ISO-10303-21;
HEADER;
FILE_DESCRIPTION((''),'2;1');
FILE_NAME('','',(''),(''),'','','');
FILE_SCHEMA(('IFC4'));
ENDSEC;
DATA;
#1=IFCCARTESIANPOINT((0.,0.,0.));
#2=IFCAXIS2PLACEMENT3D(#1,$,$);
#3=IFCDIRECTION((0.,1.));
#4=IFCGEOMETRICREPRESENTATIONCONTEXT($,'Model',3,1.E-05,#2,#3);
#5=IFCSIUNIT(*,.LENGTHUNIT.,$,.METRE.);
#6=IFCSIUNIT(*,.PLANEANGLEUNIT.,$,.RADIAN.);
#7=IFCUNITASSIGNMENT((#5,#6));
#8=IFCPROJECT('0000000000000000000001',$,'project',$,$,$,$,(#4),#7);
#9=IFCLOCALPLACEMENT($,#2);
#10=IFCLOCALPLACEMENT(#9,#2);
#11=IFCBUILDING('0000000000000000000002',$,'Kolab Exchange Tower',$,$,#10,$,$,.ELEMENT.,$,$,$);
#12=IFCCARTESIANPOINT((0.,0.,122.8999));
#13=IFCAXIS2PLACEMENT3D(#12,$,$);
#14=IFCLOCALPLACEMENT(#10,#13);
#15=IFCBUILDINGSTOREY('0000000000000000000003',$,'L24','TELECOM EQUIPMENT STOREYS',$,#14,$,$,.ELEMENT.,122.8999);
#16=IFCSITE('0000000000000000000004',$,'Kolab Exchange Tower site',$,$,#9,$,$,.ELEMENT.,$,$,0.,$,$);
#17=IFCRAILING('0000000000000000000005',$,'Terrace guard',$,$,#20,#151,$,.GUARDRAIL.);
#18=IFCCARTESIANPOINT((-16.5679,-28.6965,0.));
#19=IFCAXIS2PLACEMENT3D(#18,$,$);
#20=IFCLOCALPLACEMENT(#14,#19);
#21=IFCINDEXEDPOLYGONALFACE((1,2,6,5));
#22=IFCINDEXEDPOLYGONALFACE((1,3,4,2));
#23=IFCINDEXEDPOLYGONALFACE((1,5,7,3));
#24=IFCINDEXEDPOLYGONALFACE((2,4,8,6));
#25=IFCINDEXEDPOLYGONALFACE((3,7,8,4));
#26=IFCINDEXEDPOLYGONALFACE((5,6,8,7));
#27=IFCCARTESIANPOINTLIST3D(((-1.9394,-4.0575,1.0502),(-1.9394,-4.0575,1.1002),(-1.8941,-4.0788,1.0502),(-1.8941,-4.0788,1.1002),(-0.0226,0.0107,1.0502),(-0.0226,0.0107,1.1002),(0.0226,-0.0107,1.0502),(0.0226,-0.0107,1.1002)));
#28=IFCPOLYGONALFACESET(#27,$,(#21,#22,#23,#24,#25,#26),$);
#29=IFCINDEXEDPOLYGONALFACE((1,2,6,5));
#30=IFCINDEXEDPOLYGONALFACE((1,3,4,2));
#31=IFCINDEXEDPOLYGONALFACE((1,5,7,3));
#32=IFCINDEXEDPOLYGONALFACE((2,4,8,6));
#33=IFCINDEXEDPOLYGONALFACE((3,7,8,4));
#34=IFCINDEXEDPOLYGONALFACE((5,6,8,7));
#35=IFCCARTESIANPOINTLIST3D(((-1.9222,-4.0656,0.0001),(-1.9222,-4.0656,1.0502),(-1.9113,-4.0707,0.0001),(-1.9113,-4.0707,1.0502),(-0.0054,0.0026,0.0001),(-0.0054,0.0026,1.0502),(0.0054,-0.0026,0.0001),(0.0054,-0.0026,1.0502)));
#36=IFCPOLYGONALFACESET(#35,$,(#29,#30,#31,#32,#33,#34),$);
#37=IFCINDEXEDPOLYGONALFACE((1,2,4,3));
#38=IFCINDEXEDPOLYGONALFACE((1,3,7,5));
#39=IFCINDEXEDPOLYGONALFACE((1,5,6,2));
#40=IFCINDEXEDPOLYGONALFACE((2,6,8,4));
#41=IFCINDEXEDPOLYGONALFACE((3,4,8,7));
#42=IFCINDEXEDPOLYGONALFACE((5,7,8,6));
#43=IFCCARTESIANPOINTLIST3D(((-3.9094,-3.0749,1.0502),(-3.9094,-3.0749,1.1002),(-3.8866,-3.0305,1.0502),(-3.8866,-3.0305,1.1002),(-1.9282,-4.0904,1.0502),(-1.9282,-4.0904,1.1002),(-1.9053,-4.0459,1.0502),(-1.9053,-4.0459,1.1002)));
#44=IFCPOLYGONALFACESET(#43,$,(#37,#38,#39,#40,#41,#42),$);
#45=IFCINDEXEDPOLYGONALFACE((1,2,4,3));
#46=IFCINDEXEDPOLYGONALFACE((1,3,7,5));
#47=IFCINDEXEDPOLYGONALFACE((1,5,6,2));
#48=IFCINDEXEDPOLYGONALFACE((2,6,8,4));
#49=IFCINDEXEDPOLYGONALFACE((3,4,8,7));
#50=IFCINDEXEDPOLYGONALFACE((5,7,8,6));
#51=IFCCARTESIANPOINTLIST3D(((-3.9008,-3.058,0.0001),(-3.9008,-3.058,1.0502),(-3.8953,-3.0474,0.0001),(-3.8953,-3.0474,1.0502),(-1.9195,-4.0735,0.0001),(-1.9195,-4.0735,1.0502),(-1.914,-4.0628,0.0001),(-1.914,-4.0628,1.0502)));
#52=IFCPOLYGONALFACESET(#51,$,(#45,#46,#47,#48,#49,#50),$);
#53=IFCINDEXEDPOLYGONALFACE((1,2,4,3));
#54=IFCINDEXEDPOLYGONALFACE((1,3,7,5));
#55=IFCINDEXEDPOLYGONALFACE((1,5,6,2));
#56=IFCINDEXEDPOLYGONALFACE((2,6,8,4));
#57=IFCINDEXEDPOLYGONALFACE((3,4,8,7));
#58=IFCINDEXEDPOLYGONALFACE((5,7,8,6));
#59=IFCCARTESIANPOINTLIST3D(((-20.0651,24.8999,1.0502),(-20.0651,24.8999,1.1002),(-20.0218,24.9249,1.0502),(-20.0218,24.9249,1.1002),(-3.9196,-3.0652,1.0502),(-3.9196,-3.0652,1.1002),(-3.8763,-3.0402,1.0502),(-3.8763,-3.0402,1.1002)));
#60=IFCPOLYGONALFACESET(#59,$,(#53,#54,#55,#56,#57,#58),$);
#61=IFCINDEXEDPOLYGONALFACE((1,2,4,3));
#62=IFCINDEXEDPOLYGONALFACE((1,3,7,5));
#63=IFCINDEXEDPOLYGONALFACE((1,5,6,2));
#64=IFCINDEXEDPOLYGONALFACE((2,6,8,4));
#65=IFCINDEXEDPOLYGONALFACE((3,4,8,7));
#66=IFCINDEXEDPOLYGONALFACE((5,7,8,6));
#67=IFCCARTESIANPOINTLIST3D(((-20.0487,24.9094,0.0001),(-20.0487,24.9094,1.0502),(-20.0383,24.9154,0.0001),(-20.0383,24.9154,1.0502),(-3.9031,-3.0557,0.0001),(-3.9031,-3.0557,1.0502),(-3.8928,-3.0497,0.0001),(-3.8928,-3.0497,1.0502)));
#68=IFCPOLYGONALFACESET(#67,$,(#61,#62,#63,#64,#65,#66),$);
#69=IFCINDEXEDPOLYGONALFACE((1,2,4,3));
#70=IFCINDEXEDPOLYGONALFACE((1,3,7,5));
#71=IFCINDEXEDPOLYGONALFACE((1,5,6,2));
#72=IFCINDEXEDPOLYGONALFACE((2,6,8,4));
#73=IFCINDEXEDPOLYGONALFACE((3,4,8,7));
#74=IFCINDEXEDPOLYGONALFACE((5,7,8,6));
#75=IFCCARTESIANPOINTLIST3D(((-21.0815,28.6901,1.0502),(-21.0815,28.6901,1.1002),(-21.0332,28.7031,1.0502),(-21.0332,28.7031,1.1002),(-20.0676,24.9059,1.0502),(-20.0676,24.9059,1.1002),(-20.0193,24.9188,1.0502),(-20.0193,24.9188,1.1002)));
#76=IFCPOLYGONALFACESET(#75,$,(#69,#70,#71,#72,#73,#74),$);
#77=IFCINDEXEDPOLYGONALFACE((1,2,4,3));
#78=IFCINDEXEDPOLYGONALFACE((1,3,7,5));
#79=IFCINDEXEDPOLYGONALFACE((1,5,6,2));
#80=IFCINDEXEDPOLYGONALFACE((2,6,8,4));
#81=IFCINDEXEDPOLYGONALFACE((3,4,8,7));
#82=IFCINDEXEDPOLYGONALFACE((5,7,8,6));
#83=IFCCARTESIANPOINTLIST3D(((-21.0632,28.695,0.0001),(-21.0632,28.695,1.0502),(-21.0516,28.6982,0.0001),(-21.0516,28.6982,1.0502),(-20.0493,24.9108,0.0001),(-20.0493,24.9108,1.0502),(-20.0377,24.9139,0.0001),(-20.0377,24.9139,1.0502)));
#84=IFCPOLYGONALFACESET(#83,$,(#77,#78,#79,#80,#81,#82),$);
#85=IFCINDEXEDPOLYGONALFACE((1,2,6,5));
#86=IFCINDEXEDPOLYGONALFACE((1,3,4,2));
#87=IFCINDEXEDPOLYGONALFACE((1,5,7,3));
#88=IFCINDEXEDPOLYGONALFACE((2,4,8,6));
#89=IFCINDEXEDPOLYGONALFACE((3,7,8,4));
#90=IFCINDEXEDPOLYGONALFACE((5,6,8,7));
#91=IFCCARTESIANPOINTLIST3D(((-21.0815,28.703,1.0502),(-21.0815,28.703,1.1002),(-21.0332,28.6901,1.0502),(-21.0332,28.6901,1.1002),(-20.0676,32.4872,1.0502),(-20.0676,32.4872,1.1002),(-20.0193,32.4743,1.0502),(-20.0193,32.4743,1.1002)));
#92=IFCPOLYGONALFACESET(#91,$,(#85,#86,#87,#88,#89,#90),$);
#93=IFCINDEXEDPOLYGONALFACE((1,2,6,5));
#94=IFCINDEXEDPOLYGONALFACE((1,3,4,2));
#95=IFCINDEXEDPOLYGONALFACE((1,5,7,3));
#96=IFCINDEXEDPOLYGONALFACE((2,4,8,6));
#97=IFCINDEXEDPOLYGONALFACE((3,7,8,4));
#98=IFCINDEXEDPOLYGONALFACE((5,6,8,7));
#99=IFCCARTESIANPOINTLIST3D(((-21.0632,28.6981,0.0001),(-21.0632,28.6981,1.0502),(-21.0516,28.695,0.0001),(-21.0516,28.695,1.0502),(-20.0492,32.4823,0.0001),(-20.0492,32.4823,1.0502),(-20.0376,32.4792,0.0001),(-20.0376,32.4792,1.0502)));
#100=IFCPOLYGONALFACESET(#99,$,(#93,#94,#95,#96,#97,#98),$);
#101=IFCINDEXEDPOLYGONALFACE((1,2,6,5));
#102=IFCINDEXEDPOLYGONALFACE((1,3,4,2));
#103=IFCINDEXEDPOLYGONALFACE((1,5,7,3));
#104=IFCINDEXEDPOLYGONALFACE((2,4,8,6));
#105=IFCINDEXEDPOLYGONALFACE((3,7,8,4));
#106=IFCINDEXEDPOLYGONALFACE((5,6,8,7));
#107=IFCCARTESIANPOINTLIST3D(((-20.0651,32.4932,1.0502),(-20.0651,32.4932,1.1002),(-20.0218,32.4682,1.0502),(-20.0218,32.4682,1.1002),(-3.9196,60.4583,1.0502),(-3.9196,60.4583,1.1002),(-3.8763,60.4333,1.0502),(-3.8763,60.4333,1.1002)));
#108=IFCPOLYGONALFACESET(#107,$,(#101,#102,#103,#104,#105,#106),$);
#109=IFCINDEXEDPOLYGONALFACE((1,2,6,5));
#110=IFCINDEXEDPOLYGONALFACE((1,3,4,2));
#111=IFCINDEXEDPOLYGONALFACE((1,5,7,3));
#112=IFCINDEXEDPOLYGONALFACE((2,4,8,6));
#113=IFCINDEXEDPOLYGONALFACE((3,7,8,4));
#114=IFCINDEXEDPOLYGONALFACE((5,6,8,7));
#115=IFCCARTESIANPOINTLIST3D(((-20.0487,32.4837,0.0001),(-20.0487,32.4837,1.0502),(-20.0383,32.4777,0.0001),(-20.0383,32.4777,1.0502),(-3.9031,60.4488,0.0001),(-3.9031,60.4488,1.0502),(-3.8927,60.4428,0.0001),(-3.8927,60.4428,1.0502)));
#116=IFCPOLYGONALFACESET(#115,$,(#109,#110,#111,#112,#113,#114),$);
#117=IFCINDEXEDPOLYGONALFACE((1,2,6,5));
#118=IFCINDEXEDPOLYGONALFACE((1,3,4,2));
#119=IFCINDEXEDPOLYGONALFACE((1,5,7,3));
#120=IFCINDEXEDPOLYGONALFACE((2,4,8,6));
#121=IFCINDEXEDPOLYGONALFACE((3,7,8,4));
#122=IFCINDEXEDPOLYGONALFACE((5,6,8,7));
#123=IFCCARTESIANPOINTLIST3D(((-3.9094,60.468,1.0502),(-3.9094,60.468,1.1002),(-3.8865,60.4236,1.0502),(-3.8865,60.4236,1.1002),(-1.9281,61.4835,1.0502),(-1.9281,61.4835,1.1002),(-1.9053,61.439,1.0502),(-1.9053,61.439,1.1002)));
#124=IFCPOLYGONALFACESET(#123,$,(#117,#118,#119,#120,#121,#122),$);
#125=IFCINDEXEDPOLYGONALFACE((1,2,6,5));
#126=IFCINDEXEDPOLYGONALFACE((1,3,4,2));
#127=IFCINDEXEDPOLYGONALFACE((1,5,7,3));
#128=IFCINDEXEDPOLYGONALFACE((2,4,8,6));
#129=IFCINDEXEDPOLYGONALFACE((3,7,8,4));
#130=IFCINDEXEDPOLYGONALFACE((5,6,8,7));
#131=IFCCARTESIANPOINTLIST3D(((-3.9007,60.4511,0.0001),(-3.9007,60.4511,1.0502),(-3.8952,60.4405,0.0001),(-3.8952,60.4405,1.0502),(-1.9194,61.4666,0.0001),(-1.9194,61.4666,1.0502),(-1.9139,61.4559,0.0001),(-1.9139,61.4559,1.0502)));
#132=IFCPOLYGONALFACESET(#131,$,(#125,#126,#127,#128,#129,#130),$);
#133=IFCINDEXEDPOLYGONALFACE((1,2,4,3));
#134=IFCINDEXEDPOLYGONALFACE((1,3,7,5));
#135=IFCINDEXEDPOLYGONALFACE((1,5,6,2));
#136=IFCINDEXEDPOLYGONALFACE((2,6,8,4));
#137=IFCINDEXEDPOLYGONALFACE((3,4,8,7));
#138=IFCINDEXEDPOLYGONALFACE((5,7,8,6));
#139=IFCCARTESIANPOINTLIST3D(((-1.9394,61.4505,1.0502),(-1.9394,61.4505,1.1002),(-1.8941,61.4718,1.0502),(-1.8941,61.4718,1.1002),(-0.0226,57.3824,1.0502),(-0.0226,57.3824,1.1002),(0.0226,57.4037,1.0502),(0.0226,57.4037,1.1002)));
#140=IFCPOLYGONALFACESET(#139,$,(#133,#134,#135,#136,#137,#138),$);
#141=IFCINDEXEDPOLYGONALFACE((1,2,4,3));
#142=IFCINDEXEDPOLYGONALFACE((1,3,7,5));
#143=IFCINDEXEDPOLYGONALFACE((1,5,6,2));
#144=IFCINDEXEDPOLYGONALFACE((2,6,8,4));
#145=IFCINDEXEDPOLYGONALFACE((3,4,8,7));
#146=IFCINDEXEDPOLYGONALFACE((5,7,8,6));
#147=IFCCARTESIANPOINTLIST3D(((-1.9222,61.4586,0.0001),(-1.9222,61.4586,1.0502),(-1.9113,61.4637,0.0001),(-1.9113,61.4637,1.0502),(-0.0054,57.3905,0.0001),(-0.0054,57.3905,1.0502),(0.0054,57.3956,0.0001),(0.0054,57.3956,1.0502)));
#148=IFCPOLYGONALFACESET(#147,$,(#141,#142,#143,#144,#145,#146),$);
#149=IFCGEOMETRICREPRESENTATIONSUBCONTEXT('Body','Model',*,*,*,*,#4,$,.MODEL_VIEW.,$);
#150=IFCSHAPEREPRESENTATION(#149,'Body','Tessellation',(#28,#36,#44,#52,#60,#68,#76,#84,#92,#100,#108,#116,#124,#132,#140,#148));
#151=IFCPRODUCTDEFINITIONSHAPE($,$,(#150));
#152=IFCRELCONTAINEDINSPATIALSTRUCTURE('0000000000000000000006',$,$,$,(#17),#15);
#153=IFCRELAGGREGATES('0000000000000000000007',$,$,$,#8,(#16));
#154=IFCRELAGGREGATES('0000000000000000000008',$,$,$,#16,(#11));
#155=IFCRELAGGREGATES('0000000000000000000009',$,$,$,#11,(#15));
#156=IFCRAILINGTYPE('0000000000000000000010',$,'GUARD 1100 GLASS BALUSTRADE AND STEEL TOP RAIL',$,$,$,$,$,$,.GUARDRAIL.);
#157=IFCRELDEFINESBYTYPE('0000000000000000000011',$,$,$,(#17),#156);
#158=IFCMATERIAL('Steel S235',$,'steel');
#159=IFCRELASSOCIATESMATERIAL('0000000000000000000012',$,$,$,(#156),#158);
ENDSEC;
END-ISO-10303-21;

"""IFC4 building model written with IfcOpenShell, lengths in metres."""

from ifc_helpers import new_model, si_unit, direction, frame, frame_2d, origin, origin_2d, place, context, subcontext, project, spatial, rectangle, extrude, material, type_object, element, save


model = new_model("IFC4")

# Units and contexts
model_context = context("Model", 3, precision=1e-05, world=origin(), true_north=direction((0.0, 1.0)))
body_context = subcontext(model_context, "Body", "Model", "MODEL_VIEW")
ifc_project = project(units=[si_unit("LENGTHUNIT", "METRE"), si_unit("PLANEANGLEUNIT", "RADIAN")], contexts=[model_context])

# Site, building, storey
site_placement = place(None, origin())
site = spatial("IfcSite", under=ifc_project, at=site_placement, Name="Kolab Exchange Tower site", CompositionType="ELEMENT", RefElevation=0.0)
building_placement = place(site_placement, origin())
building = spatial("IfcBuilding", under=site, at=building_placement, Name="Kolab Exchange Tower", CompositionType="ELEMENT")
storey_placement = place(building_placement, frame((0.0, 0.0, 122.8999)))
storey = spatial("IfcBuildingStorey", under=building, at=storey_placement, Name="L24", Description="TELECOM EQUIPMENT STOREYS", CompositionType="ELEMENT", Elevation=122.8999)

# Railing
ifc_material_1 = material(Name="Steel S235", Category="steel")
railing_type = type_object("IfcRailingType", Name="GUARD 1100 GLASS BALUSTRADE AND STEEL TOP RAIL", PredefinedType="GUARDRAIL", material=ifc_material_1)
railing_1_placement = place(storey_placement, frame((-16.5679, -28.6965, 0.0)))
element("IfcRailing", 1, at=railing_1_placement, inside=storey, type_object=railing_type, Name="Terrace guard", PredefinedType="GUARDRAIL", context=body_context, shape_type="SweptSolid", body=[
    extrude(rectangle(XDim=0.05, YDim=0.05, at=origin_2d()), frame((0.0, 0.0, 1.0752), z_axis=(-0.426223, -0.904618, 0.0), x_axis=(0.904618, -0.426223, 0.0)), (0.0, 0.0, 1.0), 4.4971),
    extrude(rectangle(XDim=0.012, YDim=1.0501, at=frame_2d((0.0, 0.5251))), frame((0.0, 0.0, 0.0), z_axis=(-0.426223, -0.904618, 0.0), x_axis=(0.904618, -0.426223, 0.0)), (0.0, 0.0, 1.0), 4.4971),
    extrude(rectangle(XDim=0.05, YDim=0.05, at=origin_2d()), frame((-1.9167, -4.0681, 1.0752), z_axis=(-0.88993, 0.456096, 0.0), x_axis=(-0.456096, -0.88993, 0.0)), (0.0, 0.0, 1.0), 2.2263),
    extrude(rectangle(XDim=0.012, YDim=1.0501, at=frame_2d((0.0, 0.5251))), frame((-1.9167, -4.0681, 0.0), z_axis=(-0.88993, 0.456096, 0.0), x_axis=(-0.456096, -0.88993, 0.0)), (0.0, 0.0, 1.0), 2.2263),
    extrude(rectangle(XDim=0.05, YDim=0.05, at=origin_2d()), frame((-3.8979, -3.0527, 1.0752), z_axis=(-0.499997, 0.866027, 0.0), x_axis=(-0.866027, -0.499997, 0.0)), (0.0, 0.0, 1.0), 32.2913),
    extrude(rectangle(XDim=0.012, YDim=1.0501, at=frame_2d((0.0, 0.5251))), frame((-3.8979, -3.0527, 0.0), z_axis=(-0.499997, 0.866027, 0.0), x_axis=(-0.866027, -0.499997, 0.0)), (0.0, 0.0, 1.0), 32.2913),
    extrude(rectangle(XDim=0.05, YDim=0.05, at=origin_2d()), frame((-20.0435, 24.9124, 1.0752), z_axis=(-0.258807, 0.965929, 0.0), x_axis=(-0.965929, -0.258807, 0.0)), (0.0, 0.0, 1.0), 3.9177),
    extrude(rectangle(XDim=0.012, YDim=1.0501, at=frame_2d((0.0, 0.5251))), frame((-20.0435, 24.9124, 0.0), z_axis=(-0.258807, 0.965929, 0.0), x_axis=(-0.965929, -0.258807, 0.0)), (0.0, 0.0, 1.0), 3.9177),
    extrude(rectangle(XDim=0.05, YDim=0.05, at=origin_2d()), frame((-21.0574, 28.6965, 1.0752), z_axis=(0.258807, 0.965929, 0.0), x_axis=(-0.965929, 0.258807, 0.0)), (0.0, 0.0, 1.0), 3.9177),
    extrude(rectangle(XDim=0.012, YDim=1.0501, at=frame_2d((0.0, 0.5251))), frame((-21.0574, 28.6965, 0.0), z_axis=(0.258807, 0.965929, 0.0), x_axis=(-0.965929, 0.258807, 0.0)), (0.0, 0.0, 1.0), 3.9177),
    extrude(rectangle(XDim=0.05, YDim=0.05, at=origin_2d()), frame((-20.0435, 32.4807, 1.0752), z_axis=(0.499997, 0.866027, 0.0), x_axis=(-0.866027, 0.499997, 0.0)), (0.0, 0.0, 1.0), 32.2913),
    extrude(rectangle(XDim=0.012, YDim=1.0501, at=frame_2d((0.0, 0.5251))), frame((-20.0435, 32.4807, 0.0), z_axis=(0.499997, 0.866027, 0.0), x_axis=(-0.866027, 0.499997, 0.0)), (0.0, 0.0, 1.0), 32.2913),
    extrude(rectangle(XDim=0.05, YDim=0.05, at=origin_2d()), frame((-3.8979, 60.4458, 1.0752), z_axis=(0.88993, 0.456096, 0.0), x_axis=(-0.456096, 0.88993, 0.0)), (0.0, 0.0, 1.0), 2.2263),
    extrude(rectangle(XDim=0.012, YDim=1.0501, at=frame_2d((0.0, 0.5251))), frame((-3.8979, 60.4458, 0.0), z_axis=(0.88993, 0.456096, 0.0), x_axis=(-0.456096, 0.88993, 0.0)), (0.0, 0.0, 1.0), 2.2263),
    extrude(rectangle(XDim=0.05, YDim=0.05, at=origin_2d()), frame((-1.9167, 61.4612, 1.0752), z_axis=(0.426223, -0.904618, 0.0), x_axis=(0.904618, 0.426223, 0.0)), (0.0, 0.0, 1.0), 4.4971),
    extrude(rectangle(XDim=0.012, YDim=1.0501, at=frame_2d((0.0, 0.5251))), frame((-1.9167, 61.4612, 0.0), z_axis=(0.426223, -0.904618, 0.0), x_axis=(0.904618, 0.426223, 0.0)), (0.0, 0.0, 1.0), 4.4971),
])

save(model, "model.ifc")
